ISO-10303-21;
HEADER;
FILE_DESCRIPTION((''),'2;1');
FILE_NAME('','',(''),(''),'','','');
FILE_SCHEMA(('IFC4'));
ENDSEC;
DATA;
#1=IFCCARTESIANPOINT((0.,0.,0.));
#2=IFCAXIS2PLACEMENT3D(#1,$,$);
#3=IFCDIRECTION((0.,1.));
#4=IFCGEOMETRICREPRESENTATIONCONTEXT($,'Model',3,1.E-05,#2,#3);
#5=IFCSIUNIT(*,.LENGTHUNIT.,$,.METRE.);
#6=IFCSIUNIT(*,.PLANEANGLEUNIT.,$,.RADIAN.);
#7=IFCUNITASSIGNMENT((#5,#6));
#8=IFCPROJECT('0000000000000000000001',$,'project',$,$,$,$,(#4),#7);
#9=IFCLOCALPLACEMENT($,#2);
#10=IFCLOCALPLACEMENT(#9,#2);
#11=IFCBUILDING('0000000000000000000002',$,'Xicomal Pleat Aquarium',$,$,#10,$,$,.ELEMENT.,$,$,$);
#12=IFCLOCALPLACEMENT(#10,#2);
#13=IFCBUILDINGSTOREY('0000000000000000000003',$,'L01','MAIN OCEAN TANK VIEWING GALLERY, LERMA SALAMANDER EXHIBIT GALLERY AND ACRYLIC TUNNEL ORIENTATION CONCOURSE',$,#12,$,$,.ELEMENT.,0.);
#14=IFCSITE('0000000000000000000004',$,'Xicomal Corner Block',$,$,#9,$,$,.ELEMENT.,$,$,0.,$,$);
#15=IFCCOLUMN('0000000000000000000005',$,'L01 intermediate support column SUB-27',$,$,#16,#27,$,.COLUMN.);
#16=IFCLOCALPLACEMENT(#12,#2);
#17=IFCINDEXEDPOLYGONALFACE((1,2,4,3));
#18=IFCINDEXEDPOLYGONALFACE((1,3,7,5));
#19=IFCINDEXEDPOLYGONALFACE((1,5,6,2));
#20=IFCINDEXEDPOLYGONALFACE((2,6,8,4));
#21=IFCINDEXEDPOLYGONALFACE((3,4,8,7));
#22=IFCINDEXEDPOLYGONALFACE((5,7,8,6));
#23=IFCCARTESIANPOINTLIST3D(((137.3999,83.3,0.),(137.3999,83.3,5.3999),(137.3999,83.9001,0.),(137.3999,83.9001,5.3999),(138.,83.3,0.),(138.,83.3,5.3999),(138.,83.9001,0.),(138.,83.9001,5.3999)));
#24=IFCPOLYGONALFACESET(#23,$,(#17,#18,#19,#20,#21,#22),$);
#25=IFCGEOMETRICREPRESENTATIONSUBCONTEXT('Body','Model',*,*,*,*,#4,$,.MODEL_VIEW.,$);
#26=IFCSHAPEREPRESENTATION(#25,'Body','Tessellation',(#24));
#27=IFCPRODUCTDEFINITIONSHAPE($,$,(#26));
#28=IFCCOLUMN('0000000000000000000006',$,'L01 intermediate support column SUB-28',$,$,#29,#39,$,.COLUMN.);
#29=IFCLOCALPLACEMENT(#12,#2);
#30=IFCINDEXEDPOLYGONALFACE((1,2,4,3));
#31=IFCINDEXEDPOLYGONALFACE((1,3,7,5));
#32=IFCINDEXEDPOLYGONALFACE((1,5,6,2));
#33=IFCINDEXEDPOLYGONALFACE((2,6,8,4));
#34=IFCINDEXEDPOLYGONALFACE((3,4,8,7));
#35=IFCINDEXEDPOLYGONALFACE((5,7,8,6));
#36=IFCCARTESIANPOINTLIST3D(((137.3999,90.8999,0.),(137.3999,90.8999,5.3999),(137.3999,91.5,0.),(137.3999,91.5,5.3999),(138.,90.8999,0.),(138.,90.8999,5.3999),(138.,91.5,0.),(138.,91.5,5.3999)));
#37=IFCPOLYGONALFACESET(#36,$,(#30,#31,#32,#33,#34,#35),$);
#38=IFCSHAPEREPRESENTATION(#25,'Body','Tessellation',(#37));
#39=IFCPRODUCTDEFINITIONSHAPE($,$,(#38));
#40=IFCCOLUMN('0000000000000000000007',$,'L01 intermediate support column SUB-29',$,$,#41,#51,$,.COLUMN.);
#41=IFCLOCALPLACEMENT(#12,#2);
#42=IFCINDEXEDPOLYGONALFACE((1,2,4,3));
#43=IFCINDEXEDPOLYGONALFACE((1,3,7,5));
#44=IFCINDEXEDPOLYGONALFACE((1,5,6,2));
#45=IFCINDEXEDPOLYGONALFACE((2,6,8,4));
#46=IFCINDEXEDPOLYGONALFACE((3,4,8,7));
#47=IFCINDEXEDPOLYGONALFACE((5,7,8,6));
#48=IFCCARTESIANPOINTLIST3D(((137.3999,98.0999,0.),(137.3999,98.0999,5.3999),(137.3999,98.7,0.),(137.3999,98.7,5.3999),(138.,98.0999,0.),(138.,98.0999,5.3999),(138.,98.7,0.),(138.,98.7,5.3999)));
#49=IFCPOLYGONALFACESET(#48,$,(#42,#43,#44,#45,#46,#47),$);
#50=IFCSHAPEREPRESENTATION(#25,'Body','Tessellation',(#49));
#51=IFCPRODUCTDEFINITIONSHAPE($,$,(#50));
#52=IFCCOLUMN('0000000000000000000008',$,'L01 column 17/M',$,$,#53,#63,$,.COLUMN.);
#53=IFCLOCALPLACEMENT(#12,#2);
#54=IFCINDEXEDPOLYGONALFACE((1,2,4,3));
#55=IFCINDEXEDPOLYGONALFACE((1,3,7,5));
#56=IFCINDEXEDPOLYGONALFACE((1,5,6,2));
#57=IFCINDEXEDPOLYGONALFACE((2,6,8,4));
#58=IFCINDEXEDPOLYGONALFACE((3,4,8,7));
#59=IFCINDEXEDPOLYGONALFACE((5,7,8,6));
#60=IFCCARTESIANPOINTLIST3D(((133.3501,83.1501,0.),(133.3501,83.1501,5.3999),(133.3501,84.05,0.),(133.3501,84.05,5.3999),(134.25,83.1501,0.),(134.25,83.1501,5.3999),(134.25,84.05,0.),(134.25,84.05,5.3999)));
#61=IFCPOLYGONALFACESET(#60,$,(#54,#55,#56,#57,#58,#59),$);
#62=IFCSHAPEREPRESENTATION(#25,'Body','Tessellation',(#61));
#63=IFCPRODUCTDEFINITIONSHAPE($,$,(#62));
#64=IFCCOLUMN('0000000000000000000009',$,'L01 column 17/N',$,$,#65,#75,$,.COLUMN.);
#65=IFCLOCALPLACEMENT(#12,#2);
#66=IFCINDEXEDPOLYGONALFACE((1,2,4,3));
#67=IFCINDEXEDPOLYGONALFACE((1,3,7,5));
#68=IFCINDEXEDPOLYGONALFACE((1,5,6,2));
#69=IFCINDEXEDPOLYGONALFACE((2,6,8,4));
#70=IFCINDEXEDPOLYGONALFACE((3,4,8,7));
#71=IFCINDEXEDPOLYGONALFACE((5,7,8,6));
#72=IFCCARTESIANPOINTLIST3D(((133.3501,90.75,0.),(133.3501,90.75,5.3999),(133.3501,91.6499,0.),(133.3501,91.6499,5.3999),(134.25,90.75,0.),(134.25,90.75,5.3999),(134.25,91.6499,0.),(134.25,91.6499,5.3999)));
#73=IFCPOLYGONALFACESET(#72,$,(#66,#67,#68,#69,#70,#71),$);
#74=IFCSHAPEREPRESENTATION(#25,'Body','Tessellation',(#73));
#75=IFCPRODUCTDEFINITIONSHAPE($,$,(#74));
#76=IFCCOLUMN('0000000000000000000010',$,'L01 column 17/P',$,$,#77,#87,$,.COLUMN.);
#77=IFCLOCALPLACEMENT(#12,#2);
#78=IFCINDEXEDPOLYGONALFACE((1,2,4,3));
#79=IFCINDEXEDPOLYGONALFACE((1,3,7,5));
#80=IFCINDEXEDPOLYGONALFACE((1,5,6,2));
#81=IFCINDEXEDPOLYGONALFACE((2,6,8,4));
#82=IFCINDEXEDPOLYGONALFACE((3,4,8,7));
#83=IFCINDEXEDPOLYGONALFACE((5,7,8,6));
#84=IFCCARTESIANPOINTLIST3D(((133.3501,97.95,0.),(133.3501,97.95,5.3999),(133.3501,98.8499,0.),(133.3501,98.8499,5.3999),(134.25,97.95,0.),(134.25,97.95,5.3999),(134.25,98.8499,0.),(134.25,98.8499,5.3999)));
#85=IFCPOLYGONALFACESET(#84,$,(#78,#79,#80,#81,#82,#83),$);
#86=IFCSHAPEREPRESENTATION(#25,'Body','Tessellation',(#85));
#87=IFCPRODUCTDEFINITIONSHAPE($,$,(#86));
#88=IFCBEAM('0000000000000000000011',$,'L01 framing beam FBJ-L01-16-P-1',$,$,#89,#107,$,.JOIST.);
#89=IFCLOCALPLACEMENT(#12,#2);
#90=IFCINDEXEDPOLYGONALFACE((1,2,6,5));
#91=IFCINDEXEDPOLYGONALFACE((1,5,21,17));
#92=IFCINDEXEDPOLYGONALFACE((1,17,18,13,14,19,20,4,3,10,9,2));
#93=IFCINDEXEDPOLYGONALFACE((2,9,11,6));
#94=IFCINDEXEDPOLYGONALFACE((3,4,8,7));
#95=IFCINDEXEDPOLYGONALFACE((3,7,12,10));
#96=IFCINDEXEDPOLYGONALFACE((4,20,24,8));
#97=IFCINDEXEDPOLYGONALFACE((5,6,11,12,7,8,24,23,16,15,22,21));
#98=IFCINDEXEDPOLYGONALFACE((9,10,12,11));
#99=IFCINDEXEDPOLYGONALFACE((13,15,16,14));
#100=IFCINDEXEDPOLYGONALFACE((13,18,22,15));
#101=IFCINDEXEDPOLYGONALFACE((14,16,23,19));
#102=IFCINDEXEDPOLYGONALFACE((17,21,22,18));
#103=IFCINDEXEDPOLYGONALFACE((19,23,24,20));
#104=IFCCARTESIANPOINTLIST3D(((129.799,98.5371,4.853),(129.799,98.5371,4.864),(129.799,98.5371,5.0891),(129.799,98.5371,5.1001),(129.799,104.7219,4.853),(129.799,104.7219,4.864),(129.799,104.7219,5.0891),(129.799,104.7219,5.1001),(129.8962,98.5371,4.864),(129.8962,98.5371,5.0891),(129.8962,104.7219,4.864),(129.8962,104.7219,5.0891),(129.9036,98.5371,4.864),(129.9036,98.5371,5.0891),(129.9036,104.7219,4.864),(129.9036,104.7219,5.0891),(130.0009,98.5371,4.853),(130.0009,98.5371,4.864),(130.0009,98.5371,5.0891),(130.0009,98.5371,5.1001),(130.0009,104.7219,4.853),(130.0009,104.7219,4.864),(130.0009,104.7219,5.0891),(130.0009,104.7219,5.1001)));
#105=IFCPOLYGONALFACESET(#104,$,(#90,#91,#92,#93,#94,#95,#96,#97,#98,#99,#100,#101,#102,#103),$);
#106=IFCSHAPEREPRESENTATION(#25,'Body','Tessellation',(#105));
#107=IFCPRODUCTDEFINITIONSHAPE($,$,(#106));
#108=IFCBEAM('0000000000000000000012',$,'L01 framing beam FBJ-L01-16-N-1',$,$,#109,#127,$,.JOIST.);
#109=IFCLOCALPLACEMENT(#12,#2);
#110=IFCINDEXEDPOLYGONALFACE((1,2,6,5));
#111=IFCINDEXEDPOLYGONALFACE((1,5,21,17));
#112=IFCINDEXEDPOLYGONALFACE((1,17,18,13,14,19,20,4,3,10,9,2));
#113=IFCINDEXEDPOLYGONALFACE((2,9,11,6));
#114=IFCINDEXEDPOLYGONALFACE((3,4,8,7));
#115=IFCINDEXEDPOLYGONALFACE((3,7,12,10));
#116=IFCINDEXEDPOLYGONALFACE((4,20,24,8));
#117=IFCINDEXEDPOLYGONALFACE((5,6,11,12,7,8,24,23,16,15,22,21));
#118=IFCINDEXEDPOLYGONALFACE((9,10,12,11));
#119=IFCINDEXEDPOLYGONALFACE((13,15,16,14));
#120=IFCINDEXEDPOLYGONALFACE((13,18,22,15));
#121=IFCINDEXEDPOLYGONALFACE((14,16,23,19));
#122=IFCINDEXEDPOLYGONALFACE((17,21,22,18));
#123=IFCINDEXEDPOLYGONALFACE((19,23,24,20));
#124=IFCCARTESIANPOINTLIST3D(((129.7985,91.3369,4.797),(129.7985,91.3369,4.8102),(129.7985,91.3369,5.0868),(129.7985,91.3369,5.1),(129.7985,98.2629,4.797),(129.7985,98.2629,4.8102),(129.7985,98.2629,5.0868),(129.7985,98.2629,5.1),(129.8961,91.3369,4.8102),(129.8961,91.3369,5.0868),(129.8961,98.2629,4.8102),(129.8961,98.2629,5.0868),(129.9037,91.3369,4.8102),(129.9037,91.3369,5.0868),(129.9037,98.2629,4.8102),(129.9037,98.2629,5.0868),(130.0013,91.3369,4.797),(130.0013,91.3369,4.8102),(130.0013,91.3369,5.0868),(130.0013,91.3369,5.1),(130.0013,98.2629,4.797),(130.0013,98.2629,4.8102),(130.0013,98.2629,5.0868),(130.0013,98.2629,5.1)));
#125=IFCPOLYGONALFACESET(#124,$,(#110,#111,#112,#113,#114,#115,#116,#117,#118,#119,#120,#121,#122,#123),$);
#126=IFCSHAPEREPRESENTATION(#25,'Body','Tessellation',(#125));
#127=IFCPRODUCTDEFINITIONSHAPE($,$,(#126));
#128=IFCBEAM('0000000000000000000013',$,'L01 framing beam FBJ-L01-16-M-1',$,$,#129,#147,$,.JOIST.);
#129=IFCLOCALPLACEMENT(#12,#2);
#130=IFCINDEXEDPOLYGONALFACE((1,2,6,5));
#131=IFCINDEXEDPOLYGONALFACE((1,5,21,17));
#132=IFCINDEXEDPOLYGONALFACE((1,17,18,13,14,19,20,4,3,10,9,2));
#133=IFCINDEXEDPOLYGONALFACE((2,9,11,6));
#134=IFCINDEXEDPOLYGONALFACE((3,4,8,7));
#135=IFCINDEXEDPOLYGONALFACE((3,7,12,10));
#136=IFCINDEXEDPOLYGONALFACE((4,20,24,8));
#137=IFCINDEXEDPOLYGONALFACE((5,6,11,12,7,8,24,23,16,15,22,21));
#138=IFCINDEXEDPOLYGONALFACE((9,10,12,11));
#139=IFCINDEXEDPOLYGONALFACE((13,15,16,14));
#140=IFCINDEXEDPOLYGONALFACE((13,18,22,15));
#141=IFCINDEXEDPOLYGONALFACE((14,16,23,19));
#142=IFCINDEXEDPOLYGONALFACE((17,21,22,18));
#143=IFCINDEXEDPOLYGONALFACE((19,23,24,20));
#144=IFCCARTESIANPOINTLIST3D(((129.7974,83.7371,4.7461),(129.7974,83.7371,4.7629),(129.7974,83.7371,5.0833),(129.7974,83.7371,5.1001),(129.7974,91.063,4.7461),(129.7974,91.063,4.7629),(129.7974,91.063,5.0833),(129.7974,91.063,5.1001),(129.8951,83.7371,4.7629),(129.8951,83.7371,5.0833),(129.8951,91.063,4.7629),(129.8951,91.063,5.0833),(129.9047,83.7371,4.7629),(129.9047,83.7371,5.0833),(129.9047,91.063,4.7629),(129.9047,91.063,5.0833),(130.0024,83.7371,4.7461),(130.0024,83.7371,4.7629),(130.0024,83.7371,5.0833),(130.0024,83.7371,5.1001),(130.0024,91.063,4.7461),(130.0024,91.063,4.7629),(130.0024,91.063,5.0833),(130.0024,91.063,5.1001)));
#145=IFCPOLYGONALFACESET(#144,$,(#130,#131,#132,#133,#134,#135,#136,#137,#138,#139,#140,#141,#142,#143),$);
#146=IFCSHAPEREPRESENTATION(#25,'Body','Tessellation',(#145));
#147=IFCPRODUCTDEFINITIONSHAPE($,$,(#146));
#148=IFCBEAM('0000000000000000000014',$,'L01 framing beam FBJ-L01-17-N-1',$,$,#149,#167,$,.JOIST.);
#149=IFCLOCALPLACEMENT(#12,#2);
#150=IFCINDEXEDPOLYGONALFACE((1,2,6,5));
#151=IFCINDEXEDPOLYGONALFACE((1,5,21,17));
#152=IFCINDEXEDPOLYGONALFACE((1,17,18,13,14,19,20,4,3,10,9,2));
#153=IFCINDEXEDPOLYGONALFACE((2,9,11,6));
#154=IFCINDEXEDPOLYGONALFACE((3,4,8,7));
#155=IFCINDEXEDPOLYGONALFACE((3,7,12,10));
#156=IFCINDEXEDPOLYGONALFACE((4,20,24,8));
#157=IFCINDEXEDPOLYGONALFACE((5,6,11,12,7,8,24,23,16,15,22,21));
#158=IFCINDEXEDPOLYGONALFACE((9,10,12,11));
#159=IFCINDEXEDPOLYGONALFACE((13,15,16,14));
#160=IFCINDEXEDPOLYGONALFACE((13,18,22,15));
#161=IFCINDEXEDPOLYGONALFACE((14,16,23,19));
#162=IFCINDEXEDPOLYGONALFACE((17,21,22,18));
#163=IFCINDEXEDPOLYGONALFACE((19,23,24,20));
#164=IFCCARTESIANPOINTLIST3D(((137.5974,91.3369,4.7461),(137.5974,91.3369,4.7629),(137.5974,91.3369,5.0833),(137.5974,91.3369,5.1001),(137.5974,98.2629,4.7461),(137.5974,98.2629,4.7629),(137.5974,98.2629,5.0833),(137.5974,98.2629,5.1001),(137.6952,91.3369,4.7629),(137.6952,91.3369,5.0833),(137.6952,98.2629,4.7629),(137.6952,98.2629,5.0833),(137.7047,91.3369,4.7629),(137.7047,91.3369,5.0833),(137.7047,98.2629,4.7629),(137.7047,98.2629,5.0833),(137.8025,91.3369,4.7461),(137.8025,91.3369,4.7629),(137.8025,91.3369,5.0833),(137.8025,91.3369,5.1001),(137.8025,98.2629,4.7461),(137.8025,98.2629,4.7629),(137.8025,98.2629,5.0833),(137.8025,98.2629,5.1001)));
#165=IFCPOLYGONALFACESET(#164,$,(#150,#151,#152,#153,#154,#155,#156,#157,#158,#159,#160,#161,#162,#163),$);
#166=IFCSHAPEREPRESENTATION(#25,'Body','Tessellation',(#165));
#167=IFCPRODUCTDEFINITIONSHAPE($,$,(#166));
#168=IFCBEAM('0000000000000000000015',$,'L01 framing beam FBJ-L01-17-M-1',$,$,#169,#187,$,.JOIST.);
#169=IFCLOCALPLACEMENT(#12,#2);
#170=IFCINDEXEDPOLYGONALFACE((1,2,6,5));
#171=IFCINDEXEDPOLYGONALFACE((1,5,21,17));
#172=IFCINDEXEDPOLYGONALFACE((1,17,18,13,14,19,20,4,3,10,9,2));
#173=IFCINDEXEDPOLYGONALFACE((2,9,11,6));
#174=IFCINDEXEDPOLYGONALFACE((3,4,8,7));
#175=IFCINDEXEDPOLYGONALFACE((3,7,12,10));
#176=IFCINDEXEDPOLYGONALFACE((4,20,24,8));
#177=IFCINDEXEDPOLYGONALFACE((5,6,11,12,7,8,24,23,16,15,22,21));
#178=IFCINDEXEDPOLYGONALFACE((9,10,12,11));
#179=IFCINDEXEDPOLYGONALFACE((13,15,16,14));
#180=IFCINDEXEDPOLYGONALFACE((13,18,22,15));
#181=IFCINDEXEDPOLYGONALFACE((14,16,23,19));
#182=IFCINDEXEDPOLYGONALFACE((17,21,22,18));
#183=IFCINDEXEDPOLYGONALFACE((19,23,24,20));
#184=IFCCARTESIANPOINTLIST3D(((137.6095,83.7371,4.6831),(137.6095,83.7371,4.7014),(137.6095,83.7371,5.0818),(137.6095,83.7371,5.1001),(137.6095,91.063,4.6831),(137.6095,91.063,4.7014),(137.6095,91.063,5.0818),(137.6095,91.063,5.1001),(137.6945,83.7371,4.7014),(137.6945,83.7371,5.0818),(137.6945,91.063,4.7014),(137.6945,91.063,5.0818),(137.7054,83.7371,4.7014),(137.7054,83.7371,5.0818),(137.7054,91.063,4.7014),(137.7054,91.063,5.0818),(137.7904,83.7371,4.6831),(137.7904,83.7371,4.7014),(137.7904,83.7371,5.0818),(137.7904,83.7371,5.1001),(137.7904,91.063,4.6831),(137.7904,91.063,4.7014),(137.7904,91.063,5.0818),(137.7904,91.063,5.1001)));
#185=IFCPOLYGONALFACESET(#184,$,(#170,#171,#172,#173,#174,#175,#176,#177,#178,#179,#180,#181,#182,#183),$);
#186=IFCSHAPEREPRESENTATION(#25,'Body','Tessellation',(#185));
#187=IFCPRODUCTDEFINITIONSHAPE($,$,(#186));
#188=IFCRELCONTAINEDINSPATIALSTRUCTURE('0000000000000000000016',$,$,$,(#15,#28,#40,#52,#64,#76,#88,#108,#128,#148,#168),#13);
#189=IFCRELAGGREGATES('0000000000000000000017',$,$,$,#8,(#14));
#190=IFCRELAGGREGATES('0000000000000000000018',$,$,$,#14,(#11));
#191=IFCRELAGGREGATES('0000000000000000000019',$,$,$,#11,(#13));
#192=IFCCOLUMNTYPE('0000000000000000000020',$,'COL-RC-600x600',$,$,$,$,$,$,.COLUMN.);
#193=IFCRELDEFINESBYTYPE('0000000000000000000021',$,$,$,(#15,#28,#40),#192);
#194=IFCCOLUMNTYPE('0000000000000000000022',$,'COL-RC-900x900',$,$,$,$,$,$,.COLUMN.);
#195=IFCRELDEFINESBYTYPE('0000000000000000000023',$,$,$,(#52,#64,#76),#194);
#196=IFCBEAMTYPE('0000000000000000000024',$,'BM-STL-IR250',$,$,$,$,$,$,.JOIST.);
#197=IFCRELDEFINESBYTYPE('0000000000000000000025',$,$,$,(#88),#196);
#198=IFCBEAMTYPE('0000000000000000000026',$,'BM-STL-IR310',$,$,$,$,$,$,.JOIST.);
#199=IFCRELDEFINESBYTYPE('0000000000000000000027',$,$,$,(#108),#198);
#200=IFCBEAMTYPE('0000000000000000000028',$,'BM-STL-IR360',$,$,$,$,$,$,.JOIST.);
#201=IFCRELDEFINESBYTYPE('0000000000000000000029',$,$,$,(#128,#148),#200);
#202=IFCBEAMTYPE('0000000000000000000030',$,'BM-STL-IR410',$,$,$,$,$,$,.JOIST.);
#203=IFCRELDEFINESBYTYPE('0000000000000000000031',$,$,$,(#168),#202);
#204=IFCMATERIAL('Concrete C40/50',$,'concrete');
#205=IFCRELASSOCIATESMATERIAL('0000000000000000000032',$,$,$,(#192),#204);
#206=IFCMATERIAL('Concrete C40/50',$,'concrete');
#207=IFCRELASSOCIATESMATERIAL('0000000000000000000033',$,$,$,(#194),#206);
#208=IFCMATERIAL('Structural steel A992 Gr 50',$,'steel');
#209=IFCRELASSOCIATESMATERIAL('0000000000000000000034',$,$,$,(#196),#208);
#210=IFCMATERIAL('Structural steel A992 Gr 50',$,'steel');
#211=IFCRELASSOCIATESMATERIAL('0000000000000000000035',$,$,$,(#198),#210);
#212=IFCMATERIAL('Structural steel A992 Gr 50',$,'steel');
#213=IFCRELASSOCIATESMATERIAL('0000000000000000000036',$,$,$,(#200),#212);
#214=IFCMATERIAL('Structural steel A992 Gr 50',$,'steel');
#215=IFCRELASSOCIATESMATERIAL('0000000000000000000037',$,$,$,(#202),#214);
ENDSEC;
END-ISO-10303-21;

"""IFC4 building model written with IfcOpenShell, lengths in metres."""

from ifc_helpers import new_model, si_unit, direction, frame, origin, origin_2d, place, context, subcontext, project, spatial, rectangle, i_section, extrude, material, material_profile, profile_set, type_object, element, save


model = new_model("IFC4")

# Units and contexts
model_context = context("Model", 3, precision=1e-05, world=origin(), true_north=direction((0.0, 1.0)))
body_context = subcontext(model_context, "Body", "Model", "MODEL_VIEW")
ifc_project = project(units=[si_unit("LENGTHUNIT", "METRE"), si_unit("PLANEANGLEUNIT", "RADIAN")], contexts=[model_context])

# Site, building, storey
site_placement = place(None, origin())
site = spatial("IfcSite", under=ifc_project, at=site_placement, Name="Xicomal Corner Block", CompositionType="ELEMENT", RefElevation=0.0)
building_placement = place(site_placement, origin())
building = spatial("IfcBuilding", under=site, at=building_placement, Name="Xicomal Pleat Aquarium", CompositionType="ELEMENT")
storey_placement = place(building_placement, origin())
storey = spatial("IfcBuildingStorey", under=building, at=storey_placement, Name="L01", Description="MAIN OCEAN TANK VIEWING GALLERY, LERMA SALAMANDER EXHIBIT GALLERY AND ACRYLIC TUNNEL ORIENTATION CONCOURSE", CompositionType="ELEMENT", Elevation=0.0)

# Columns
ifc_material_1 = material(Name="Concrete C40/50", Category="concrete")
ifc_material_profile_1 = material_profile(ifc_material_1, rectangle(XDim=0.6001, YDim=0.6001, at=origin_2d()), Name="RC 600x600")
ifc_profile_set_1 = profile_set([ifc_material_profile_1], Name="Concrete C40/50")
column_type_1 = type_object("IfcColumnType", Name="COL-RC-600x600", PredefinedType="COLUMN", material=ifc_profile_set_1)
for number, where, z_axis, x_axis, name in (
    (1, (137.7, 83.6001, 0.0), (0.0, 0.0, 1.0), (1.0, 0.0, 0.0), "L01 intermediate support column SUB-27"),
    (2, (137.7, 91.2, 0.0), (0.0, 0.0, 1.0), (1.0, 0.0, 0.0), "L01 intermediate support column SUB-28"),
    (3, (137.7, 98.3999, 0.0), (0.0, 0.0, 1.0), (1.0, 0.0, 0.0), "L01 intermediate support column SUB-29"),
):
    element("IfcColumn", number, at=place(storey_placement, frame(where, z_axis=z_axis, x_axis=x_axis)), inside=storey, type_object=column_type_1, Name=name, PredefinedType="COLUMN", context=body_context, shape_type="SweptSolid", body=[
        extrude(rectangle(XDim=0.6001, YDim=0.6001, at=origin_2d()), origin(), (0.0, 0.0, 1.0), 5.3999),
    ])
ifc_material_2 = material(Name="Concrete C40/50", Category="concrete")
ifc_material_profile_2 = material_profile(ifc_material_2, rectangle(XDim=0.8999, YDim=0.8999, at=origin_2d()), Name="RC 900x900")
ifc_profile_set_2 = profile_set([ifc_material_profile_2], Name="Concrete C40/50")
column_type_2 = type_object("IfcColumnType", Name="COL-RC-900x900", PredefinedType="COLUMN", material=ifc_profile_set_2)
for number, where, z_axis, x_axis, name in (
    (4, (133.8, 83.6001, 0.0), (0.0, 0.0, 1.0), (1.0, 0.0, 0.0), "L01 column 17/M"),
    (5, (133.8, 91.2, 0.0), (0.0, 0.0, 1.0), (1.0, 0.0, 0.0), "L01 column 17/N"),
    (6, (133.8, 98.3999, 0.0), (0.0, 0.0, 1.0), (1.0, 0.0, 0.0), "L01 column 17/P"),
):
    element("IfcColumn", number, at=place(storey_placement, frame(where, z_axis=z_axis, x_axis=x_axis)), inside=storey, type_object=column_type_2, Name=name, PredefinedType="COLUMN", context=body_context, shape_type="SweptSolid", body=[
        extrude(rectangle(XDim=0.8999, YDim=0.8999, at=origin_2d()), origin(), (0.0, 0.0, 1.0), 5.3999),
    ])

# Beams
ifc_material_3 = material(Name="Structural steel A992 Gr 50", Category="steel")
ifc_material_profile_3 = material_profile(ifc_material_3, i_section(OverallWidth=0.2019, OverallDepth=0.2471, WebThickness=0.0073, FlangeThickness=0.011, at=origin_2d()), Name="IR 250x49")
ifc_profile_set_3 = profile_set([ifc_material_profile_3], Name="Structural steel A992 Gr 50")
beam_type_1 = type_object("IfcBeamType", Name="BM-STL-IR250", PredefinedType="JOIST", material=ifc_profile_set_3)
beam_1_placement = place(storey_placement, frame((129.8999, 98.5371, 4.9766), z_axis=(0.0, 1.0, 0.0), x_axis=(-1.0, 0.0, 0.0)))
element("IfcBeam", 7, at=beam_1_placement, inside=storey, type_object=beam_type_1, Name="L01 framing beam FBJ-L01-16-P-1", PredefinedType="JOIST", context=body_context, shape_type="SweptSolid", body=[
    extrude(i_section(OverallWidth=0.2019, OverallDepth=0.2471, WebThickness=0.0073, FlangeThickness=0.011, at=origin_2d()), origin(), (0.0, 0.0, 1.0), 6.1848),
])
ifc_material_4 = material(Name="Structural steel A992 Gr 50", Category="steel")
ifc_material_profile_4 = material_profile(ifc_material_4, i_section(OverallWidth=0.2029, OverallDepth=0.303, WebThickness=0.0076, FlangeThickness=0.0132, at=origin_2d()), Name="IR 310x60")
ifc_profile_set_4 = profile_set([ifc_material_profile_4], Name="Structural steel A992 Gr 50")
beam_type_2 = type_object("IfcBeamType", Name="BM-STL-IR310", PredefinedType="JOIST", material=ifc_profile_set_4)
beam_2_placement = place(storey_placement, frame((129.8999, 91.3369, 4.9485), z_axis=(0.0, 1.0, 0.0), x_axis=(-1.0, 0.0, 0.0)))
element("IfcBeam", 8, at=beam_2_placement, inside=storey, type_object=beam_type_2, Name="L01 framing beam FBJ-L01-16-N-1", PredefinedType="JOIST", context=body_context, shape_type="SweptSolid", body=[
    extrude(i_section(OverallWidth=0.2029, OverallDepth=0.303, WebThickness=0.0076, FlangeThickness=0.0132, at=origin_2d()), origin(), (0.0, 0.0, 1.0), 6.926),
])
ifc_material_5 = material(Name="Structural steel A992 Gr 50", Category="steel")
ifc_material_profile_5 = material_profile(ifc_material_5, i_section(OverallWidth=0.2051, OverallDepth=0.354, WebThickness=0.0095, FlangeThickness=0.0168, at=origin_2d()), Name="IR 360x79")
ifc_profile_set_5 = profile_set([ifc_material_profile_5], Name="Structural steel A992 Gr 50")
beam_type_3 = type_object("IfcBeamType", Name="BM-STL-IR360", PredefinedType="JOIST", material=ifc_profile_set_5)
beam_3_placement = place(storey_placement, frame((129.8999, 83.7371, 4.9231), z_axis=(0.0, 1.0, 0.0), x_axis=(-1.0, 0.0, 0.0)))
element("IfcBeam", 9, at=beam_3_placement, inside=storey, type_object=beam_type_3, Name="L01 framing beam FBJ-L01-16-M-1", PredefinedType="JOIST", context=body_context, shape_type="SweptSolid", body=[
    extrude(i_section(OverallWidth=0.2051, OverallDepth=0.354, WebThickness=0.0095, FlangeThickness=0.0168, at=origin_2d()), origin(), (0.0, 0.0, 1.0), 7.3259),
])
beam_4_placement = place(storey_placement, frame((137.7, 91.3369, 4.9231), z_axis=(0.0, 1.0, 0.0), x_axis=(-1.0, 0.0, 0.0)))
element("IfcBeam", 10, at=beam_4_placement, inside=storey, type_object=beam_type_3, Name="L01 framing beam FBJ-L01-17-N-1", PredefinedType="JOIST", context=body_context, shape_type="SweptSolid", body=[
    extrude(i_section(OverallWidth=0.2051, OverallDepth=0.354, WebThickness=0.0095, FlangeThickness=0.0168, at=origin_2d()), origin(), (0.0, 0.0, 1.0), 6.926),
])
ifc_material_6 = material(Name="Structural steel A992 Gr 50", Category="steel")
ifc_material_profile_6 = material_profile(ifc_material_6, i_section(OverallWidth=0.1809, OverallDepth=0.417, WebThickness=0.011, FlangeThickness=0.0183, at=origin_2d()), Name="IR 410x85")
ifc_profile_set_6 = profile_set([ifc_material_profile_6], Name="Structural steel A992 Gr 50")
beam_type_4 = type_object("IfcBeamType", Name="BM-STL-IR410", PredefinedType="JOIST", material=ifc_profile_set_6)
beam_5_placement = place(storey_placement, frame((137.7, 83.7371, 4.8916), z_axis=(0.0, 1.0, 0.0), x_axis=(-1.0, 0.0, 0.0)))
element("IfcBeam", 11, at=beam_5_placement, inside=storey, type_object=beam_type_4, Name="L01 framing beam FBJ-L01-17-M-1", PredefinedType="JOIST", context=body_context, shape_type="SweptSolid", body=[
    extrude(i_section(OverallWidth=0.1809, OverallDepth=0.417, WebThickness=0.011, FlangeThickness=0.0183, at=origin_2d()), origin(), (0.0, 0.0, 1.0), 7.3259),
])

save(model, "model.ifc")
